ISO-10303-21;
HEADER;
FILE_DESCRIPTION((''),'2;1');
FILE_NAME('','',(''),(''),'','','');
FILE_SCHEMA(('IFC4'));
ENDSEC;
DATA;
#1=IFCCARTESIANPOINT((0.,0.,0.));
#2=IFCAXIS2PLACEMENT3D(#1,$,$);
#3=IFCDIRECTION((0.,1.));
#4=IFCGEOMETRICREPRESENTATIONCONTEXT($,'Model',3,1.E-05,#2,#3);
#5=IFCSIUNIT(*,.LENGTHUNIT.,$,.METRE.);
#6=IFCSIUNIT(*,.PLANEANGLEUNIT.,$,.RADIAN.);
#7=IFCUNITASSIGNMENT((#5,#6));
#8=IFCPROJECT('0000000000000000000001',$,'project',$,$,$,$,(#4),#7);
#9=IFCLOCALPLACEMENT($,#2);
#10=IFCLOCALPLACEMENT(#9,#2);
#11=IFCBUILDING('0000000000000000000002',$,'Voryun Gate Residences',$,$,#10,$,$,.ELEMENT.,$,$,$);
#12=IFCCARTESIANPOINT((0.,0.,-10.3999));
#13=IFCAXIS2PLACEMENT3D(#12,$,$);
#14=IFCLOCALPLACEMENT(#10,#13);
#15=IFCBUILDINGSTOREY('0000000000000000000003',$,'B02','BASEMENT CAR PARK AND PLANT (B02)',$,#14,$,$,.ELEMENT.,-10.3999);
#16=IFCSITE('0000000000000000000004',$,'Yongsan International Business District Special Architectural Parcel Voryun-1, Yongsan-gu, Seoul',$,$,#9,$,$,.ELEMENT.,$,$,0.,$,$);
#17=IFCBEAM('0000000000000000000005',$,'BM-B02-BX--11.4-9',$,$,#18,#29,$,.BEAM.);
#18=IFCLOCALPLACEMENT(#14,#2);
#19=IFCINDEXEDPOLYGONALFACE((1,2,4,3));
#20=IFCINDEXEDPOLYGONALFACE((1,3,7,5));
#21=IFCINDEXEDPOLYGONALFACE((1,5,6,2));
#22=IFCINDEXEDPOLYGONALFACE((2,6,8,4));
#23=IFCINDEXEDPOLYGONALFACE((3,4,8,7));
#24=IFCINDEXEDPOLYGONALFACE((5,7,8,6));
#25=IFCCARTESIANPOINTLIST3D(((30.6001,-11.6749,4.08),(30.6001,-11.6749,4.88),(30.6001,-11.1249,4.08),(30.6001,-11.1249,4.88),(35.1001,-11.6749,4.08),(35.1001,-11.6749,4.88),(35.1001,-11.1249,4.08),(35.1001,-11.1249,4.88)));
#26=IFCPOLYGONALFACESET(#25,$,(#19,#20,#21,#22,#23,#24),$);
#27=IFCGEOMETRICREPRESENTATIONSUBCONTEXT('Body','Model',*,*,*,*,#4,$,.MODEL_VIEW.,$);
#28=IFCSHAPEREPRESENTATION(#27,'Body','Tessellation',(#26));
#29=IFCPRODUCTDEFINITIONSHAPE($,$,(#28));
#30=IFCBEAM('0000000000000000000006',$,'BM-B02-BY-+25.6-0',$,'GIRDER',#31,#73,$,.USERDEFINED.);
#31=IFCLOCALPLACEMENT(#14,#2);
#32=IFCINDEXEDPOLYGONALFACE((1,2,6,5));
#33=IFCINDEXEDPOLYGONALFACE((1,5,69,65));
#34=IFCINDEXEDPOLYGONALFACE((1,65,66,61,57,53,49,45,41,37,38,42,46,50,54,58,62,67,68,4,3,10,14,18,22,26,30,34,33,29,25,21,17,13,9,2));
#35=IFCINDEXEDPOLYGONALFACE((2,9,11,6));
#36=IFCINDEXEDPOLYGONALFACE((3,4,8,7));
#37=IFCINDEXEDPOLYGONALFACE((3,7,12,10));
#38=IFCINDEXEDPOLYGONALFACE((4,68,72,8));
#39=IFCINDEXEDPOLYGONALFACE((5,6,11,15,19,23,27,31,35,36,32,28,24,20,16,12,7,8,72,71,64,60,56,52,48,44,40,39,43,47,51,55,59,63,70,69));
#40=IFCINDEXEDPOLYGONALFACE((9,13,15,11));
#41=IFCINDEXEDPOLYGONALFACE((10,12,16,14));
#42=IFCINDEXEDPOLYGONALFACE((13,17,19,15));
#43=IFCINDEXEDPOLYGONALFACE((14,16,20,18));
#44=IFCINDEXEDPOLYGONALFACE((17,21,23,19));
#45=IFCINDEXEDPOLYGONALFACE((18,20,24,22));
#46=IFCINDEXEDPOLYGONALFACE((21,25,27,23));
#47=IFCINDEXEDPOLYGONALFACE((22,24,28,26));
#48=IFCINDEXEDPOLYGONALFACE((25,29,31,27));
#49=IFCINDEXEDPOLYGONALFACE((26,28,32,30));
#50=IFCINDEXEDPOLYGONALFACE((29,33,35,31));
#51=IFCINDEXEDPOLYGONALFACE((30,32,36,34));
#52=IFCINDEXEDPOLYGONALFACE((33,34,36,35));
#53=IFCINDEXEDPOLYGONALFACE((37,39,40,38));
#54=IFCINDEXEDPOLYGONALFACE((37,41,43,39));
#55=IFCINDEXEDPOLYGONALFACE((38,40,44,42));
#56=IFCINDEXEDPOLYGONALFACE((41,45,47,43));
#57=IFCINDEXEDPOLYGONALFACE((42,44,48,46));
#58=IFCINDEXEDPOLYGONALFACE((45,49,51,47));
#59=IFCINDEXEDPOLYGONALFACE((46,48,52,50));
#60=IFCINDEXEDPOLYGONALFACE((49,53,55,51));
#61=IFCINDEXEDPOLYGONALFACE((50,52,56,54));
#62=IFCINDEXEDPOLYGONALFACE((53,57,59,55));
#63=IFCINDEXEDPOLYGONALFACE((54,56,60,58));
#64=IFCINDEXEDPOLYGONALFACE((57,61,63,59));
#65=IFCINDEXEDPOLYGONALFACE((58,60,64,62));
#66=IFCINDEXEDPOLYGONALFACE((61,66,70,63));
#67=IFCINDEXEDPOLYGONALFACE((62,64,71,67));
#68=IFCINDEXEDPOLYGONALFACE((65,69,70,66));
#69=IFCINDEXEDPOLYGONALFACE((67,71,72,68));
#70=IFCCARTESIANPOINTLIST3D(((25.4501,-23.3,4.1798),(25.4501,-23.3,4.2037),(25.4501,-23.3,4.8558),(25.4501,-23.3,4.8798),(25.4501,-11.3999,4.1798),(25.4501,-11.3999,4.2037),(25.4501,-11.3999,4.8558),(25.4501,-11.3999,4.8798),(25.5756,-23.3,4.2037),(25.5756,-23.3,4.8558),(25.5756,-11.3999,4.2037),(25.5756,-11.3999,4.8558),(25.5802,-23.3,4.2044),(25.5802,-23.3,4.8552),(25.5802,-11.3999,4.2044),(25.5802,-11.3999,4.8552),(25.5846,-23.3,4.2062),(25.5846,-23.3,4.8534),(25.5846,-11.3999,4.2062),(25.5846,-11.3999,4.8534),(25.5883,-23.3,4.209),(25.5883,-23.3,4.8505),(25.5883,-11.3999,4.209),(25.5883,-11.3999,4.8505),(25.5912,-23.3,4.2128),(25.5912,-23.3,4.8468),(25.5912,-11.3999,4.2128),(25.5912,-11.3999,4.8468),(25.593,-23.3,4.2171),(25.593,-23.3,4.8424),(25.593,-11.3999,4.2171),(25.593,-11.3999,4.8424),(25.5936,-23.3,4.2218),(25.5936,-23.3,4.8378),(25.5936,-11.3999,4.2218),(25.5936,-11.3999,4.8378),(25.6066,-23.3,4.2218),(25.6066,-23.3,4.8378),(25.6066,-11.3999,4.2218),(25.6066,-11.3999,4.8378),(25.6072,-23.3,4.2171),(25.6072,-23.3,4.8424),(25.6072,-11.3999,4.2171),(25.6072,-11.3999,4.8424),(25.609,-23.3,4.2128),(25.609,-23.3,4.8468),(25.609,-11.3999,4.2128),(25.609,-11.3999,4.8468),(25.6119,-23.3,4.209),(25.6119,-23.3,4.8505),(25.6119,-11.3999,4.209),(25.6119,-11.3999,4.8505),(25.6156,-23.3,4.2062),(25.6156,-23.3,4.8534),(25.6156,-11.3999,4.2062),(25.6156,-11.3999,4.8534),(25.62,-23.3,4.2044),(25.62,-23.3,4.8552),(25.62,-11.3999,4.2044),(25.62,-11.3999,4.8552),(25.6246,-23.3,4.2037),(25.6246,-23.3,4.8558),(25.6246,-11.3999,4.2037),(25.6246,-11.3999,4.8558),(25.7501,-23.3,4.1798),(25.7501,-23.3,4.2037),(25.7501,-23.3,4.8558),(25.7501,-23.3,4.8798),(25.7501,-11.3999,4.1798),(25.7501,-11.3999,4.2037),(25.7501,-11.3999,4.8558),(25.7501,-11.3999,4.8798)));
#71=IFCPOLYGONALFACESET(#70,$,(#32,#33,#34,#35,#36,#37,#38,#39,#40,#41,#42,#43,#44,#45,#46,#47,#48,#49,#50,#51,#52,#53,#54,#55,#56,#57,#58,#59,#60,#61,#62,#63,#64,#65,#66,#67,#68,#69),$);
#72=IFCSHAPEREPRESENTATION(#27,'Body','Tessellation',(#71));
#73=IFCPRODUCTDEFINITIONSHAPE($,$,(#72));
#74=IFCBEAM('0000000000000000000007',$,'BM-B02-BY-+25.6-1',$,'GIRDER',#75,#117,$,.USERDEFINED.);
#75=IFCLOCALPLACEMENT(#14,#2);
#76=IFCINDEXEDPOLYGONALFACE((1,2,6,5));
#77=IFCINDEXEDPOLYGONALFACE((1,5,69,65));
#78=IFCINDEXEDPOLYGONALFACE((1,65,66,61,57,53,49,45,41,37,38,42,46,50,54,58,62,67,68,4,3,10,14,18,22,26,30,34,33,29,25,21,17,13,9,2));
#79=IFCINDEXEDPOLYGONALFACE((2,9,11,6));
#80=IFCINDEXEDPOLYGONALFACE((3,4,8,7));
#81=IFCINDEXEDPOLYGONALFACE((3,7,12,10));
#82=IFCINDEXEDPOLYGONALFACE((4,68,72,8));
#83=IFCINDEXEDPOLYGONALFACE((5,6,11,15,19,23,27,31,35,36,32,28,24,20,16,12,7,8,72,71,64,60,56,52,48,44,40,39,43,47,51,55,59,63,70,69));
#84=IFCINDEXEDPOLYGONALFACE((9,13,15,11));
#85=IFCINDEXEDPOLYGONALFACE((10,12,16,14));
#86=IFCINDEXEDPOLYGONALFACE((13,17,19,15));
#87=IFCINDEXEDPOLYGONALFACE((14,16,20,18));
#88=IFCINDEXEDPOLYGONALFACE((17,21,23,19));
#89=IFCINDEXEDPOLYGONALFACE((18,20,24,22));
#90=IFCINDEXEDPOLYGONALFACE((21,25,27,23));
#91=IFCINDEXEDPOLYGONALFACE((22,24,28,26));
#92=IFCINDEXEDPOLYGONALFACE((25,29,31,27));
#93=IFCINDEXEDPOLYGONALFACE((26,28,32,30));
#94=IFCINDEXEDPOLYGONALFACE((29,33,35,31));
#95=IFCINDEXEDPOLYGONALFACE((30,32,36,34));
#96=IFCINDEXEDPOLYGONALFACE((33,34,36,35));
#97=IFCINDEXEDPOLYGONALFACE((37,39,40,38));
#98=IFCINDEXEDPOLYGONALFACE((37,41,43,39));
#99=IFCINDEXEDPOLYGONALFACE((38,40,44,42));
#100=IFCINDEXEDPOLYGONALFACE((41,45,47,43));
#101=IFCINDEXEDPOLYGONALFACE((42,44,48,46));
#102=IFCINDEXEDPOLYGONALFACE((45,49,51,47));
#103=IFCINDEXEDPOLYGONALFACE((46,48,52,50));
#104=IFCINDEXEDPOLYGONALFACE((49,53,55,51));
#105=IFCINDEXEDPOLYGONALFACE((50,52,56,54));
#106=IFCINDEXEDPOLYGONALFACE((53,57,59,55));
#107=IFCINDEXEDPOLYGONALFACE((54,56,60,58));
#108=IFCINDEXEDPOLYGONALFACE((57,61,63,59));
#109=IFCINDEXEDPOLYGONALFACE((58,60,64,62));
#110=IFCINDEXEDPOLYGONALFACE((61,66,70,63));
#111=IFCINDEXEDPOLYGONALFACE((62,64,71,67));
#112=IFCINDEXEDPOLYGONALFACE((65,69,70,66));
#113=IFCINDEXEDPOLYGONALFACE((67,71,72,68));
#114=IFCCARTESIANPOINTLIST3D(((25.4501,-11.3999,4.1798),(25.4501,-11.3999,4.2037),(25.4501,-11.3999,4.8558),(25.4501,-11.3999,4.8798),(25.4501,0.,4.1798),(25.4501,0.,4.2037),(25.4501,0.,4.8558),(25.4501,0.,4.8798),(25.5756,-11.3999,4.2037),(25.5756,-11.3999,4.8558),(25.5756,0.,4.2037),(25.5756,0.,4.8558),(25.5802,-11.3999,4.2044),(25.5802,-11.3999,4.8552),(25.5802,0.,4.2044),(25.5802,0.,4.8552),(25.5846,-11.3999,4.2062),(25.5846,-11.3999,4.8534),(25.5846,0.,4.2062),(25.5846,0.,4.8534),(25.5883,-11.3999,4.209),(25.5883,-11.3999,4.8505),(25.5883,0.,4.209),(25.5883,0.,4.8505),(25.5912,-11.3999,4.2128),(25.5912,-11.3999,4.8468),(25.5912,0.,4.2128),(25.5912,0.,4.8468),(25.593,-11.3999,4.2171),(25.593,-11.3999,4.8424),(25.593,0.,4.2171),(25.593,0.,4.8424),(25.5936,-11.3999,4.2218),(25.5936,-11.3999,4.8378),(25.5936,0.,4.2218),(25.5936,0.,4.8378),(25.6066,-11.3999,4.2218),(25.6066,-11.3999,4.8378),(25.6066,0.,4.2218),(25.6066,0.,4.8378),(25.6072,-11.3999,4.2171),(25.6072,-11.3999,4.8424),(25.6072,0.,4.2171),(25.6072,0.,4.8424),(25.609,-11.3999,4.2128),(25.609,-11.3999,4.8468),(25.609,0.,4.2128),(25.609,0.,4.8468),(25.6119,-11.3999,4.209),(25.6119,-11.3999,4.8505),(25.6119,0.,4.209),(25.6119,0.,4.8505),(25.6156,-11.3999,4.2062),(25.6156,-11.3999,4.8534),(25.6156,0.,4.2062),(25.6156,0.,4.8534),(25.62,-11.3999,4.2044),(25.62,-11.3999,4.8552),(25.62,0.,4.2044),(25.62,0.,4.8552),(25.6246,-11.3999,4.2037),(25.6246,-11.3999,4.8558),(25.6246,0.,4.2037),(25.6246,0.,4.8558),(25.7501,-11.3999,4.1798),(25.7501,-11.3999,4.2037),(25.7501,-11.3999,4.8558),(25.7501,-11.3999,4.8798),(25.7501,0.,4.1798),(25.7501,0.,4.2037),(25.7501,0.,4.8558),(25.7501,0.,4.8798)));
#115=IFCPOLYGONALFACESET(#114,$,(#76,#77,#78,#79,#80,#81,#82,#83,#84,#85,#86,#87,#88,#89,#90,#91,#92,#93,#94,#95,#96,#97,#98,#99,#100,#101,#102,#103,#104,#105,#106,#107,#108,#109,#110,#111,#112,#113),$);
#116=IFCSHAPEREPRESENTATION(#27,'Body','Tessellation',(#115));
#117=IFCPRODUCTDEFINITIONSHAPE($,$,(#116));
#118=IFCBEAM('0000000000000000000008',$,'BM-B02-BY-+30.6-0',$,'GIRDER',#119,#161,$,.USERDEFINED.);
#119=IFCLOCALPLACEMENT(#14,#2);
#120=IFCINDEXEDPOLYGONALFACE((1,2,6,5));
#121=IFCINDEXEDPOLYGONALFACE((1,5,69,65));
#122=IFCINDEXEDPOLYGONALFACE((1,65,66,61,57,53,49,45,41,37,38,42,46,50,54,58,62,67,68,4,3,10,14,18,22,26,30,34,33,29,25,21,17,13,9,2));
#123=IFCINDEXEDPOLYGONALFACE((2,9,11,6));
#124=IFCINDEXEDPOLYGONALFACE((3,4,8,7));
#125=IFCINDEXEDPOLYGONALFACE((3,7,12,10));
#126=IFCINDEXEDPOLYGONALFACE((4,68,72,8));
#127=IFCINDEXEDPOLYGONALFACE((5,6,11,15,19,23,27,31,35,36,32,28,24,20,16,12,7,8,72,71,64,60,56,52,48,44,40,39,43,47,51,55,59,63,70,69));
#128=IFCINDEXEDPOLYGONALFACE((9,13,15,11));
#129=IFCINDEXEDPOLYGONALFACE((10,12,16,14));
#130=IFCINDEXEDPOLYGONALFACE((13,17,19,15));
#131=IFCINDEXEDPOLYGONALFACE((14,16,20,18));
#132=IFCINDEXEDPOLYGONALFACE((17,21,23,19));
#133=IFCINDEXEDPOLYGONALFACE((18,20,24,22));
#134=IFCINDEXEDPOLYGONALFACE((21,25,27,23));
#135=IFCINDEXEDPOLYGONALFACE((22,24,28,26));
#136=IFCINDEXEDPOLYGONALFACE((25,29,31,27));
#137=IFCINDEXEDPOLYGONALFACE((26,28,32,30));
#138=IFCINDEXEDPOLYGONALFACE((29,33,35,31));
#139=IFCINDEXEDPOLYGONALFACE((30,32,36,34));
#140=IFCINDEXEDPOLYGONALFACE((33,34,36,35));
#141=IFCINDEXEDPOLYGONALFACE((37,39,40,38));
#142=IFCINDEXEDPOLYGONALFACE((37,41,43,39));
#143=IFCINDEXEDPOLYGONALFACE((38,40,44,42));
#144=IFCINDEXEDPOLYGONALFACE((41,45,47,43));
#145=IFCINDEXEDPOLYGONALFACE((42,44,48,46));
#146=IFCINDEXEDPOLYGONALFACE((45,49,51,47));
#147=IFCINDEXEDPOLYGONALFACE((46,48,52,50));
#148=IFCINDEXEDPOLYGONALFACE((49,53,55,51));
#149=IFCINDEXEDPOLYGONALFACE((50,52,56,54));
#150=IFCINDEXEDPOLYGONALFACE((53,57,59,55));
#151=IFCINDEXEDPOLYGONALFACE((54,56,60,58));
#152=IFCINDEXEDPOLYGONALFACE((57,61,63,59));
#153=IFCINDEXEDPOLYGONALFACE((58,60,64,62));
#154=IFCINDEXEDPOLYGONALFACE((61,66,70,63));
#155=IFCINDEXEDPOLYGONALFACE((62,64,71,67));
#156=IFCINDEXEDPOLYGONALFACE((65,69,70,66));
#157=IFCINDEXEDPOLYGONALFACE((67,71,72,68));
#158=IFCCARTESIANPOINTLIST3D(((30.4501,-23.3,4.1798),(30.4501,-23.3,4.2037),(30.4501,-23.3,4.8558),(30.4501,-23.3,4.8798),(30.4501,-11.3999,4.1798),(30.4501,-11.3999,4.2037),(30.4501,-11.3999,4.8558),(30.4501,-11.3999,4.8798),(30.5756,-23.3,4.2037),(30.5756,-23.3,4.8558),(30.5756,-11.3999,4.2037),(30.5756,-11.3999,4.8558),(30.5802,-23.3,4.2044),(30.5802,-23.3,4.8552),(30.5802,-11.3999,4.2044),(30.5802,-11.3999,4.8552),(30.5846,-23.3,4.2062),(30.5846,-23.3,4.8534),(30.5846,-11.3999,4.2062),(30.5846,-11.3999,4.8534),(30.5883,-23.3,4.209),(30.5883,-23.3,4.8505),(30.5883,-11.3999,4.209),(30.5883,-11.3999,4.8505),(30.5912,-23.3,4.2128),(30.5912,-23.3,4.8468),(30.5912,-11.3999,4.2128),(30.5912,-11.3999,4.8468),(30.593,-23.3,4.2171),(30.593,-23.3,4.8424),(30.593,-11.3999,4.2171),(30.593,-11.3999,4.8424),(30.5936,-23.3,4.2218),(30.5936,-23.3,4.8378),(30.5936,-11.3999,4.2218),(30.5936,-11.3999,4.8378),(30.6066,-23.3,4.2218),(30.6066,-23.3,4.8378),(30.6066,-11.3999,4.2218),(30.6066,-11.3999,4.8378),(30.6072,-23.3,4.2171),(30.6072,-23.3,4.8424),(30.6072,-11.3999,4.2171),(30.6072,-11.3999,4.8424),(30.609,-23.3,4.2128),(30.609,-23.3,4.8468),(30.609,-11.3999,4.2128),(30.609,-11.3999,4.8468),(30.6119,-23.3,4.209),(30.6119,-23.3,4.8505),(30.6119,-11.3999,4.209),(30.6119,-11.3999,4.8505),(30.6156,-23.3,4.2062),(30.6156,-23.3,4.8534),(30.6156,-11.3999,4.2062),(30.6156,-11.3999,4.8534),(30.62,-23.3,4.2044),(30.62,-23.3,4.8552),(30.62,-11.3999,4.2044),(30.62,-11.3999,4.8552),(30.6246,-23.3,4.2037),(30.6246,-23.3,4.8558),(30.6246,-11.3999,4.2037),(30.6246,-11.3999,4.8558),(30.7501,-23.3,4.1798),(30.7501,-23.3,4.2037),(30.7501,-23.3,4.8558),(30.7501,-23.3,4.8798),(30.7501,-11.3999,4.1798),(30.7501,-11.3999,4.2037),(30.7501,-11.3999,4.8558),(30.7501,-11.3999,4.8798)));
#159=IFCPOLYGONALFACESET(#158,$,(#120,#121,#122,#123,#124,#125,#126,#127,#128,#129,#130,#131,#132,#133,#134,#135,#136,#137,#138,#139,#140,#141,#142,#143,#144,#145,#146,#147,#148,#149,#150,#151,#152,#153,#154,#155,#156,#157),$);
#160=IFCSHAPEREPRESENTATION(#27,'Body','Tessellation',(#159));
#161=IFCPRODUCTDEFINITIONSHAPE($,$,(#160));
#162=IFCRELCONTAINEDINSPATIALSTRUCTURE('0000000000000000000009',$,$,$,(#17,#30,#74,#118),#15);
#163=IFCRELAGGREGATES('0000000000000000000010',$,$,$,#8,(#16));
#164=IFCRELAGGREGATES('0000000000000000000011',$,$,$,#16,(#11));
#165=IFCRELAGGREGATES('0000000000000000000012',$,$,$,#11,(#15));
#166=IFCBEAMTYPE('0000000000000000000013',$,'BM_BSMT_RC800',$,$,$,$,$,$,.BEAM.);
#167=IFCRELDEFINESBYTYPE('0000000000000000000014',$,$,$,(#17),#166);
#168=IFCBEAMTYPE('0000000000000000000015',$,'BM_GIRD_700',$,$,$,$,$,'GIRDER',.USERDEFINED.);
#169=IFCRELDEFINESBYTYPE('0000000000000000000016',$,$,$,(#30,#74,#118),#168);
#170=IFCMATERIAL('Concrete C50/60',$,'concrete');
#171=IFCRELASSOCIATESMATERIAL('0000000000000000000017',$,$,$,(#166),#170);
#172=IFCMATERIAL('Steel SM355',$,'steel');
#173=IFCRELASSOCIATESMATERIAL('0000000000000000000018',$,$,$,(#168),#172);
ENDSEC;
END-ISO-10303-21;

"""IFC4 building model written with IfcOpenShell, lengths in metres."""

from ifc_helpers import new_model, si_unit, direction, frame, origin, origin_2d, place, context, subcontext, project, spatial, rectangle, i_section, extrude, material, material_profile, profile_set, type_object, element, save


model = new_model("IFC4")

# Units and contexts
model_context = context("Model", 3, precision=1e-05, world=origin(), true_north=direction((0.0, 1.0)))
body_context = subcontext(model_context, "Body", "Model", "MODEL_VIEW")
ifc_project = project(units=[si_unit("LENGTHUNIT", "METRE"), si_unit("PLANEANGLEUNIT", "RADIAN")], contexts=[model_context])

# Site, building, storey
site_placement = place(None, origin())
site = spatial("IfcSite", under=ifc_project, at=site_placement, Name="Yongsan International Business District Special Architectural Parcel Voryun-1, Yongsan-gu, Seoul", CompositionType="ELEMENT", RefElevation=0.0)
building_placement = place(site_placement, origin())
building = spatial("IfcBuilding", under=site, at=building_placement, Name="Voryun Gate Residences", CompositionType="ELEMENT")
storey_placement = place(building_placement, frame((0.0, 0.0, -10.3999)))
storey = spatial("IfcBuildingStorey", under=building, at=storey_placement, Name="B02", Description="BASEMENT CAR PARK AND PLANT (B02)", CompositionType="ELEMENT", Elevation=-10.3999)

# Beams
ifc_material_1 = material(Name="Concrete C50/60", Category="concrete")
ifc_material_profile_1 = material_profile(ifc_material_1, rectangle(XDim=0.55, YDim=0.8, at=origin_2d()), Name="RC-550x800")
ifc_profile_set_1 = profile_set([ifc_material_profile_1], Name="Concrete C50/60")
beam_type_1 = type_object("IfcBeamType", Name="BM_BSMT_RC800", PredefinedType="BEAM", material=ifc_profile_set_1)
beam_1_placement = place(storey_placement, frame((30.6001, -11.3999, 4.48), z_axis=(1.0, 0.0, 0.0), x_axis=(0.0, 1.0, 0.0)))
element("IfcBeam", 1, at=beam_1_placement, inside=storey, type_object=beam_type_1, Name="BM-B02-BX--11.4-9", PredefinedType="BEAM", context=body_context, shape_type="SweptSolid", body=[
    extrude(rectangle(XDim=0.55, YDim=0.8, at=origin_2d()), origin(), (0.0, 0.0, 1.0), 4.5),
])
ifc_material_2 = material(Name="Steel SM355", Category="steel")
ifc_material_profile_2 = material_profile(ifc_material_2, i_section(OverallWidth=0.3, OverallDepth=0.7, WebThickness=0.0129, FlangeThickness=0.0239, FilletRadius=0.0181, at=origin_2d()), Name="H-700x300x13x24")
ifc_profile_set_2 = profile_set([ifc_material_profile_2], Name="Steel SM355")
beam_type_2 = type_object("IfcBeamType", Name="BM_GIRD_700", ElementType="GIRDER", PredefinedType="USERDEFINED", material=ifc_profile_set_2)
beam_2_placement = place(storey_placement, frame((25.6001, -23.3, 4.5298), z_axis=(0.0, 1.0, 0.0), x_axis=(-1.0, 0.0, 0.0)))
element("IfcBeam", 2, at=beam_2_placement, inside=storey, type_object=beam_type_2, Name="BM-B02-BY-+25.6-0", ObjectType="GIRDER", PredefinedType="USERDEFINED", context=body_context, shape_type="SweptSolid", body=[
    extrude(i_section(OverallWidth=0.3, OverallDepth=0.7, WebThickness=0.0129, FlangeThickness=0.0239, FilletRadius=0.0181, at=origin_2d()), origin(), (0.0, 0.0, 1.0), 11.9001),
])
beam_3_placement = place(storey_placement, frame((25.6001, -11.3999, 4.5298), z_axis=(0.0, 1.0, 0.0), x_axis=(-1.0, 0.0, 0.0)))
element("IfcBeam", 3, at=beam_3_placement, inside=storey, type_object=beam_type_2, Name="BM-B02-BY-+25.6-1", ObjectType="GIRDER", PredefinedType="USERDEFINED", context=body_context, shape_type="SweptSolid", body=[
    extrude(i_section(OverallWidth=0.3, OverallDepth=0.7, WebThickness=0.0129, FlangeThickness=0.0239, FilletRadius=0.0181, at=origin_2d()), origin(), (0.0, 0.0, 1.0), 11.3999),
])
for number, where, z_axis, x_axis, name in (
    (4, (30.6001, -23.3, 4.5298), (0.0, 1.0, 0.0), (-1.0, 0.0, 0.0), "BM-B02-BY-+30.6-0"),
):
    element("IfcBeam", number, at=place(storey_placement, frame(where, z_axis=z_axis, x_axis=x_axis)), inside=storey, type_object=beam_type_2, Name=name, ObjectType="GIRDER", PredefinedType="USERDEFINED", context=body_context, shape_type="SweptSolid", body=[
        extrude(i_section(OverallWidth=0.3, OverallDepth=0.7, WebThickness=0.0129, FlangeThickness=0.0239, FilletRadius=0.0181, at=origin_2d()), origin(), (0.0, 0.0, 1.0), 11.9001),
    ])

save(model, "model.ifc")
